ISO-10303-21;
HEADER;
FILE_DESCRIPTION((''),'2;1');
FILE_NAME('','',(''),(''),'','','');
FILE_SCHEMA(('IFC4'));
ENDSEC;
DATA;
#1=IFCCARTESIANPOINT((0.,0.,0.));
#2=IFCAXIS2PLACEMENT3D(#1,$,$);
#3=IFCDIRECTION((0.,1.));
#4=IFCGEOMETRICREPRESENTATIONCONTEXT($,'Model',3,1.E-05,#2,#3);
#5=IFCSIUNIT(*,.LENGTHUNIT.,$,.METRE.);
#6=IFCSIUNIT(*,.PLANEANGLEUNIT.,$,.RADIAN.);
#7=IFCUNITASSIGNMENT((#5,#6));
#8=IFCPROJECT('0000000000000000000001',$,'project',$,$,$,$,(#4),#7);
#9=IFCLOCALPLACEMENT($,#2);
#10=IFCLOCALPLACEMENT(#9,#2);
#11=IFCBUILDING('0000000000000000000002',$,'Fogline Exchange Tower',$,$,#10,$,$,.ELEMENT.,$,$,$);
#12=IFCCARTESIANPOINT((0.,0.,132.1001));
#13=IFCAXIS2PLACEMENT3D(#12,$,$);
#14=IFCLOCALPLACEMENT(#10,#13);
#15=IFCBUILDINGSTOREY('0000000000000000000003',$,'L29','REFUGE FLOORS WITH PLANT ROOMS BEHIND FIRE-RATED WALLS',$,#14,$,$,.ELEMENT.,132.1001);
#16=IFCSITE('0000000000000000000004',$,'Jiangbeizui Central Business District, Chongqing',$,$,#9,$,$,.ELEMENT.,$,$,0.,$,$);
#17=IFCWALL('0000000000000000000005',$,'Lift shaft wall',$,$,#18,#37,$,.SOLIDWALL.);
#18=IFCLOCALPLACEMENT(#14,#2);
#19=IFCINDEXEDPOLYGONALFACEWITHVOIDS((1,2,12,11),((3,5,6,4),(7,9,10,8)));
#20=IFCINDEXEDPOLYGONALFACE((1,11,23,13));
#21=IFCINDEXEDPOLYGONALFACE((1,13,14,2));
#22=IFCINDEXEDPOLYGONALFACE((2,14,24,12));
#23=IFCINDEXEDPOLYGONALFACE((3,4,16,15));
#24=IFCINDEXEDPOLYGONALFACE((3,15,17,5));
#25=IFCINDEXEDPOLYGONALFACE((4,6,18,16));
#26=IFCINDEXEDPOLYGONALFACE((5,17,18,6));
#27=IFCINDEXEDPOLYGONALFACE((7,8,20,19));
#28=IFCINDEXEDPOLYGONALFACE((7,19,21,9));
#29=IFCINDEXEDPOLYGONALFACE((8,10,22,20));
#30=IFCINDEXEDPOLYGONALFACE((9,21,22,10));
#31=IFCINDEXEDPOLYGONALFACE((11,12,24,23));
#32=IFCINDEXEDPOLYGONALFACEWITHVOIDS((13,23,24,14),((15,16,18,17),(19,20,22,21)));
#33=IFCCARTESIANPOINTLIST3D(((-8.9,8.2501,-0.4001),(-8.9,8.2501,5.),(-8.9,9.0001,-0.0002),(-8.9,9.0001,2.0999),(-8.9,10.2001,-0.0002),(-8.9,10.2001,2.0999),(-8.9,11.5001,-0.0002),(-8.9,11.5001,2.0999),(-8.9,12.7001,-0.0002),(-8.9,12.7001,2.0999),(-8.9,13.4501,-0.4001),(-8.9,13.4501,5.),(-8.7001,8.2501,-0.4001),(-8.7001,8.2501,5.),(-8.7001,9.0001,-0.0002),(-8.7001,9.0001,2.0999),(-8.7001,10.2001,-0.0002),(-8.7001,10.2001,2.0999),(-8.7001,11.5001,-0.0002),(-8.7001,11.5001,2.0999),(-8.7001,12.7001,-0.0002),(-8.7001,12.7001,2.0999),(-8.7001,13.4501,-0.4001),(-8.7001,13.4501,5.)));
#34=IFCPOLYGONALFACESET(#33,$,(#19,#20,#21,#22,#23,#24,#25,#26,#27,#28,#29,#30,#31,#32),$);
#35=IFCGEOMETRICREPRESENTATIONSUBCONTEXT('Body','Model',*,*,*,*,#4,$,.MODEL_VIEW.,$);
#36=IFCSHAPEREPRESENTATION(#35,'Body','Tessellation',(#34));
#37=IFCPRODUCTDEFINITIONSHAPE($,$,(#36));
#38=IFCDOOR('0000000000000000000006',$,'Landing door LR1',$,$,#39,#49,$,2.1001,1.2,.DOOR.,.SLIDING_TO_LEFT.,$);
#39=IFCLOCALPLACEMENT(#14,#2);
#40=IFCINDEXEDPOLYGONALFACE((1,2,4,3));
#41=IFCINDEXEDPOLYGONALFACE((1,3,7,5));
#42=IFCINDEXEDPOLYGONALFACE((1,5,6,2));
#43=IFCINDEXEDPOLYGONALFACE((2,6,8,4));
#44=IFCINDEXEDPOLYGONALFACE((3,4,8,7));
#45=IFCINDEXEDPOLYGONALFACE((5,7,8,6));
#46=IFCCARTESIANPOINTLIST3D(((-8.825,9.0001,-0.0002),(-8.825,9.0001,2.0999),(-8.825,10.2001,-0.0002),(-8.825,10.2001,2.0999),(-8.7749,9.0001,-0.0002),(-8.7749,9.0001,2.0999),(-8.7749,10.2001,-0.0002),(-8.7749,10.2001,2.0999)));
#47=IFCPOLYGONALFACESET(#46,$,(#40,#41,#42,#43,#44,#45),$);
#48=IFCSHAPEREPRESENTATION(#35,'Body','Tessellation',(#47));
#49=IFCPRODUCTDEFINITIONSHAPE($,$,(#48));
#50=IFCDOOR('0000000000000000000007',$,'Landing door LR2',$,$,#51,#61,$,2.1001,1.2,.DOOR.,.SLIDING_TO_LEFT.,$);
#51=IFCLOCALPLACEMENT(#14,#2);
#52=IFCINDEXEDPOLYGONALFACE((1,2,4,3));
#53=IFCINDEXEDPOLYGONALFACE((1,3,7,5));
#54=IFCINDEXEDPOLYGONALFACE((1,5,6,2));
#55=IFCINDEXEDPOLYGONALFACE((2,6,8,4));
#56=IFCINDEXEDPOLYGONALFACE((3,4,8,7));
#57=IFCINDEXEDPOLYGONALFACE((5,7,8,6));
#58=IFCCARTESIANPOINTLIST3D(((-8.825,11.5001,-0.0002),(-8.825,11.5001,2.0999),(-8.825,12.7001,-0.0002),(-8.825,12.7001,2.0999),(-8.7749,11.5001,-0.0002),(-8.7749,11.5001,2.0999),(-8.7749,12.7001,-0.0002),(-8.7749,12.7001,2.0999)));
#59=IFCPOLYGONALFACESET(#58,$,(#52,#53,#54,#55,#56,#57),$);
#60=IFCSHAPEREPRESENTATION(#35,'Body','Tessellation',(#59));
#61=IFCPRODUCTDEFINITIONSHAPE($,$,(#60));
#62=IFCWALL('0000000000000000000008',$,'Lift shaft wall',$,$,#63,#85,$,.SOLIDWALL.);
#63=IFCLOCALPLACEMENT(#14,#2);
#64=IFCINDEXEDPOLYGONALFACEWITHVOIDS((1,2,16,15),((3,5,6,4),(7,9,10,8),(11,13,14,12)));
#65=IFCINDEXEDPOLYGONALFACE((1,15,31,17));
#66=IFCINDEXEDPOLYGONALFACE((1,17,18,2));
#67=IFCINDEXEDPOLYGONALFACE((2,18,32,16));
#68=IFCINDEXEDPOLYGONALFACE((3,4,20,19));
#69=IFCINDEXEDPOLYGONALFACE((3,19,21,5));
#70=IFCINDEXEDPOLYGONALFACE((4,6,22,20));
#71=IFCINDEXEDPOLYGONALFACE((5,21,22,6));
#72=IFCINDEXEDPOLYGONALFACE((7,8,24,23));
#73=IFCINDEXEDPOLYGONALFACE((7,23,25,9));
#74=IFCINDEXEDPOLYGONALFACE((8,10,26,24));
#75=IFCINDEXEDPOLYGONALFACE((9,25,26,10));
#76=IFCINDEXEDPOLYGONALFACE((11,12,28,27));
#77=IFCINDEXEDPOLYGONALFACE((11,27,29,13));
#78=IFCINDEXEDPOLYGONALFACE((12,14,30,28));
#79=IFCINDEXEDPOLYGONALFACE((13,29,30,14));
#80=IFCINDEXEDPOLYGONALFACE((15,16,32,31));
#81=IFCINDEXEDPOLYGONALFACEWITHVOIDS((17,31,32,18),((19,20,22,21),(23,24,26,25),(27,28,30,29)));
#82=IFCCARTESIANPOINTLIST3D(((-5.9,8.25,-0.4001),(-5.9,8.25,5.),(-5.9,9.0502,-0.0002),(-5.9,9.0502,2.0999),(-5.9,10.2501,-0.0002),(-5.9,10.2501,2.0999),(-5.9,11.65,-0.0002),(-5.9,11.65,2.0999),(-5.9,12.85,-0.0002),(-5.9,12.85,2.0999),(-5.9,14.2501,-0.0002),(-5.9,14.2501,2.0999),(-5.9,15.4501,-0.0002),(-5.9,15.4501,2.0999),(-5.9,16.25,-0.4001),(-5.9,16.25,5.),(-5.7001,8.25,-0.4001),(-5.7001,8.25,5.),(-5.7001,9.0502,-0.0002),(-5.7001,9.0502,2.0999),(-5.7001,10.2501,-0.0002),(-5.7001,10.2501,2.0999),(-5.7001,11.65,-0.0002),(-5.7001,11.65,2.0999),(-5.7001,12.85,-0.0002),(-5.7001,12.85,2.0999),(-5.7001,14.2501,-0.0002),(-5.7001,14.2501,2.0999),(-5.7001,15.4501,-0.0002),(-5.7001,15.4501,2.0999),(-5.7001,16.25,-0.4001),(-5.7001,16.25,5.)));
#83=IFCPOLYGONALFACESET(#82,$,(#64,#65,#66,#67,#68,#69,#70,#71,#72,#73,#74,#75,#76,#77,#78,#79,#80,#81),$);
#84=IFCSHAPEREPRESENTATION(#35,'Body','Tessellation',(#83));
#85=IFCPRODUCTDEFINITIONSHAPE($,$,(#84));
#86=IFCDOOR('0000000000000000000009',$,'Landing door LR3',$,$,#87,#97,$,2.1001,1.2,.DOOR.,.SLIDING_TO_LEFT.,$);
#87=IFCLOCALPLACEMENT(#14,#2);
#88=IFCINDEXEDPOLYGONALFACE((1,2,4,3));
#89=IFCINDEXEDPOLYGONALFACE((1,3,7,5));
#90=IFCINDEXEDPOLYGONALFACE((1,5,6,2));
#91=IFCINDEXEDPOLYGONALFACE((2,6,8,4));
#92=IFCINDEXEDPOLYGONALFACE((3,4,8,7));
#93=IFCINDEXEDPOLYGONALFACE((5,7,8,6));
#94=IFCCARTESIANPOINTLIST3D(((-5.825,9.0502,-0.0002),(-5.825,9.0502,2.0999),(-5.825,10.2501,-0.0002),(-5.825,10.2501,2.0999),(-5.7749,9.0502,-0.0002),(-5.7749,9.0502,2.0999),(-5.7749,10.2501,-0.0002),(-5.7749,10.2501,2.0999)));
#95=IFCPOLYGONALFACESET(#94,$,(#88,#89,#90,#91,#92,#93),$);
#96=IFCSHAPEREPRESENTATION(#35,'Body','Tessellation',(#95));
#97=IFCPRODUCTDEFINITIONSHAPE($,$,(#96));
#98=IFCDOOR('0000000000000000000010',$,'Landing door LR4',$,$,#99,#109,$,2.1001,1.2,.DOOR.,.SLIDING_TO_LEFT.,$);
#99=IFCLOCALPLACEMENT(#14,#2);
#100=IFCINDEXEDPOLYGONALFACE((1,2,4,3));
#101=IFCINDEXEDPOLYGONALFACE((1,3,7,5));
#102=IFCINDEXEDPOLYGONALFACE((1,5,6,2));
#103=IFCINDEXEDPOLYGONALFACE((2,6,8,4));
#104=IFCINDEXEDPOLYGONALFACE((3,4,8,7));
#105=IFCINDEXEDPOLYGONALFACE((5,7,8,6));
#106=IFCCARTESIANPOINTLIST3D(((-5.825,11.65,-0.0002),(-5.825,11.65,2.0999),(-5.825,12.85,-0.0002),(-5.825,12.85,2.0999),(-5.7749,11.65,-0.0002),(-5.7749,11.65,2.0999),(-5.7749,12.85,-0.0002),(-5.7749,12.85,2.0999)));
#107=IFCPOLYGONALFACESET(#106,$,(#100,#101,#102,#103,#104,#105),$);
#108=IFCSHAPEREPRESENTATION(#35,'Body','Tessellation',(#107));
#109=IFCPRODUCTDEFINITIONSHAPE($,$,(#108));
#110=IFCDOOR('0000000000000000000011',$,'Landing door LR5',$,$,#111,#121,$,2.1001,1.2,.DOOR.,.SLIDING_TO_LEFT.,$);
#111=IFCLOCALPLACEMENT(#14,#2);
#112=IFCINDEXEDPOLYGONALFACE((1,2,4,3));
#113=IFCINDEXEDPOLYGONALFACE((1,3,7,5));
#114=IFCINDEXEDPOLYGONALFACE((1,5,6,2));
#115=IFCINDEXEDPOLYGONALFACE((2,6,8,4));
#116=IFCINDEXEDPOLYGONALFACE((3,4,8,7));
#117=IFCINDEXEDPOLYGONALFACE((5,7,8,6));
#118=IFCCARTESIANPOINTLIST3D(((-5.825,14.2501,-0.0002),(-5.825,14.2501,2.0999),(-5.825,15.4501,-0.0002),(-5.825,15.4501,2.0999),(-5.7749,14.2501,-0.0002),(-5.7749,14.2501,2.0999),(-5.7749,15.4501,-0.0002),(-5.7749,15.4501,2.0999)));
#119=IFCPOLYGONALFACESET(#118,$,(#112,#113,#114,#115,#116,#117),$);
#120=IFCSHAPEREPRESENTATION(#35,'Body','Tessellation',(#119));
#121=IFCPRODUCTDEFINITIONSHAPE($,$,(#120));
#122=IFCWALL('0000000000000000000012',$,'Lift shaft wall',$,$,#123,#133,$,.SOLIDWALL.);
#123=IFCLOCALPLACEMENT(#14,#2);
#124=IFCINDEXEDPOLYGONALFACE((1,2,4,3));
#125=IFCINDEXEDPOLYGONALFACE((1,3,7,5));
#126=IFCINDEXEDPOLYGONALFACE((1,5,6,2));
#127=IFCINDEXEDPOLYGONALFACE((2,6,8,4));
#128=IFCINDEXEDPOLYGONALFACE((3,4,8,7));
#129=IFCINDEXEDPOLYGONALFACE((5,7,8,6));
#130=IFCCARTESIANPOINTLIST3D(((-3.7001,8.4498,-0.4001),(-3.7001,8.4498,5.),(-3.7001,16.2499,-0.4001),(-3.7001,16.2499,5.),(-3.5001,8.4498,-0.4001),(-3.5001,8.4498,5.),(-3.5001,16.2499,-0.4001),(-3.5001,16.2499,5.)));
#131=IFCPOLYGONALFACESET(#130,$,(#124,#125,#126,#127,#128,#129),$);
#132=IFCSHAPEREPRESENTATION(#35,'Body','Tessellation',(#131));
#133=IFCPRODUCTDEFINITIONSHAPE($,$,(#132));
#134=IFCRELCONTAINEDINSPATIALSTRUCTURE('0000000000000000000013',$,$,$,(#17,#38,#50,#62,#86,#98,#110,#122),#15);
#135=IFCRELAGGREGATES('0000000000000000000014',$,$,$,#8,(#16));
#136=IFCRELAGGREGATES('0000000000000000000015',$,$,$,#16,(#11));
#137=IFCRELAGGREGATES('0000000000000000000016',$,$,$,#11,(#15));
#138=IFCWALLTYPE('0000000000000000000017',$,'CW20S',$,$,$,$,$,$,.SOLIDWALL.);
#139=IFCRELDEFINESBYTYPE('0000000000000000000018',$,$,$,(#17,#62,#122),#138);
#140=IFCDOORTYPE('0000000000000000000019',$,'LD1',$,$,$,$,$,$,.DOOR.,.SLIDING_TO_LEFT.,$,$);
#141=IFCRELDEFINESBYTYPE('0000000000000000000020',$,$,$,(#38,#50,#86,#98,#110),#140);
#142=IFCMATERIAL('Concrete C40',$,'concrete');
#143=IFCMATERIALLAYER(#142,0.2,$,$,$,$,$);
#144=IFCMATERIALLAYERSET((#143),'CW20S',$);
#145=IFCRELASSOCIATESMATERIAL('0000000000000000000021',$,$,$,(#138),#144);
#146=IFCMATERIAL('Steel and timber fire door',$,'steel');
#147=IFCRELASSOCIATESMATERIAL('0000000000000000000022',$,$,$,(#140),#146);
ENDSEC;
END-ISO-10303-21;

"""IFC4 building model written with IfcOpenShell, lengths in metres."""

from ifc_helpers import new_model, si_unit, direction, frame, frame_2d, origin, place, context, subcontext, project, spatial, rectangle, extrude, material, layer, layer_set, type_object, element, fill, save


model = new_model("IFC4")

# Units and contexts
model_context = context("Model", 3, precision=1e-05, world=origin(), true_north=direction((0.0, 1.0)))
body_context = subcontext(model_context, "Body", "Model", "MODEL_VIEW")
ifc_project = project(units=[si_unit("LENGTHUNIT", "METRE"), si_unit("PLANEANGLEUNIT", "RADIAN")], contexts=[model_context])

# Site, building, storey
site_placement = place(None, origin())
site = spatial("IfcSite", under=ifc_project, at=site_placement, Name="Jiangbeizui Central Business District, Chongqing", CompositionType="ELEMENT", RefElevation=0.0)
building_placement = place(site_placement, origin())
building = spatial("IfcBuilding", under=site, at=building_placement, Name="Fogline Exchange Tower", CompositionType="ELEMENT")
storey_placement = place(building_placement, frame((0.0, 0.0, 132.1001)))
storey = spatial("IfcBuildingStorey", under=building, at=storey_placement, Name="L29", Description="REFUGE FLOORS WITH PLANT ROOMS BEHIND FIRE-RATED WALLS", CompositionType="ELEMENT", Elevation=132.1001)

# Shared definitions
ifc_material_1 = material(Name="Steel and timber fire door", Category="steel")

# Shared definitions
ifc_material_2 = material(Name="Concrete C40", Category="concrete")

# Walls, openings, doors
ifc_layer_1 = layer(ifc_material_2, 0.2)
ifc_layer_set_1 = layer_set([ifc_layer_1], Name="CW20S")
wall_type_1 = type_object("IfcWallType", Name="CW20S", PredefinedType="SOLIDWALL", material=ifc_layer_set_1)
wall_1_placement = place(storey_placement, frame((-8.8, 8.25, -0.4001), z_axis=(0.0, 0.0, 1.0), x_axis=(0.0, 1.0, 0.0)))
wall_1 = element("IfcWall", 1, at=wall_1_placement, inside=storey, type_object=wall_type_1, Name="Lift shaft wall", PredefinedType="SOLIDWALL", context=body_context, shape_type="SweptSolid", body=[
    extrude(rectangle(XDim=5.2, YDim=0.2, at=frame_2d((2.6001, 0.0))), origin(), (0.0, 0.0, 1.0), 5.4001),
])
opening_1_placement = place(wall_1_placement, frame((0.75, 0.0, 0.3999)))
opening_1 = element("IfcOpeningElement", 2, at=opening_1_placement, cuts=wall_1, PredefinedType="OPENING", context=body_context, shape_type="SweptSolid", body=[
    extrude(rectangle(XDim=1.2, YDim=2.1001, at=frame_2d((0.6001, 1.05))), frame((0.0, 0.1099, 0.0), z_axis=(0.0, -1.0, 0.0), x_axis=(1.0, 0.0, 0.0)), (0.0, 0.0, 1.0), 0.22),
])
opening_2_placement = place(wall_1_placement, frame((3.25, 0.0, 0.3999)))
opening_2 = element("IfcOpeningElement", 3, at=opening_2_placement, cuts=wall_1, PredefinedType="OPENING", context=body_context, shape_type="SweptSolid", body=[
    extrude(rectangle(XDim=1.2, YDim=2.1001, at=frame_2d((0.6001, 1.05))), frame((0.0, 0.1099, 0.0), z_axis=(0.0, -1.0, 0.0), x_axis=(1.0, 0.0, 0.0)), (0.0, 0.0, 1.0), 0.22),
])
door_type_1 = type_object("IfcDoorType", Name="LD1", OperationType="SLIDING_TO_LEFT", PredefinedType="DOOR", material=ifc_material_1)
door_1_placement = place(opening_1_placement, origin())
door_1 = element("IfcDoor", 4, at=door_1_placement, inside=storey, type_object=door_type_1, Name="Landing door LR1", OperationType="SLIDING_TO_LEFT", OverallHeight=2.1001, OverallWidth=1.2, PredefinedType="DOOR", context=body_context, shape_type="SweptSolid", body=[
    extrude(rectangle(XDim=1.2, YDim=2.1001, at=frame_2d((0.6001, 1.05))), frame((0.0, 0.0249, 0.0), z_axis=(0.0, -1.0, 0.0), x_axis=(1.0, 0.0, 0.0)), (0.0, 0.0, 1.0), 0.05),
])
fill(opening_1, door_1)
door_2_placement = place(opening_2_placement, origin())
door_2 = element("IfcDoor", 5, at=door_2_placement, inside=storey, type_object=door_type_1, Name="Landing door LR2", OperationType="SLIDING_TO_LEFT", OverallHeight=2.1001, OverallWidth=1.2, PredefinedType="DOOR", context=body_context, shape_type="SweptSolid", body=[
    extrude(rectangle(XDim=1.2, YDim=2.1001, at=frame_2d((0.6001, 1.05))), frame((0.0, 0.0249, 0.0), z_axis=(0.0, -1.0, 0.0), x_axis=(1.0, 0.0, 0.0)), (0.0, 0.0, 1.0), 0.05),
])
fill(opening_2, door_2)
wall_2_placement = place(storey_placement, frame((-5.8, 8.25, -0.4001), z_axis=(0.0, 0.0, 1.0), x_axis=(0.0, 1.0, 0.0)))
wall_2 = element("IfcWall", 6, at=wall_2_placement, inside=storey, type_object=wall_type_1, Name="Lift shaft wall", PredefinedType="SOLIDWALL", context=body_context, shape_type="SweptSolid", body=[
    extrude(rectangle(XDim=8.0, YDim=0.2, at=frame_2d((4.0, 0.0))), origin(), (0.0, 0.0, 1.0), 5.4001),
])
opening_3_placement = place(wall_2_placement, frame((0.8, 0.0, 0.3999)))
opening_3 = element("IfcOpeningElement", 7, at=opening_3_placement, cuts=wall_2, PredefinedType="OPENING", context=body_context, shape_type="SweptSolid", body=[
    extrude(rectangle(XDim=1.2, YDim=2.1001, at=frame_2d((0.6001, 1.05))), frame((0.0, 0.1099, 0.0), z_axis=(0.0, -1.0, 0.0), x_axis=(1.0, 0.0, 0.0)), (0.0, 0.0, 1.0), 0.22),
])
opening_4_placement = place(wall_2_placement, frame((3.3999, 0.0, 0.3999)))
opening_4 = element("IfcOpeningElement", 8, at=opening_4_placement, cuts=wall_2, PredefinedType="OPENING", context=body_context, shape_type="SweptSolid", body=[
    extrude(rectangle(XDim=1.2, YDim=2.1001, at=frame_2d((0.6001, 1.05))), frame((0.0, 0.1099, 0.0), z_axis=(0.0, -1.0, 0.0), x_axis=(1.0, 0.0, 0.0)), (0.0, 0.0, 1.0), 0.22),
])
opening_5_placement = place(wall_2_placement, frame((6.0, 0.0, 0.3999)))
opening_5 = element("IfcOpeningElement", 9, at=opening_5_placement, cuts=wall_2, PredefinedType="OPENING", context=body_context, shape_type="SweptSolid", body=[
    extrude(rectangle(XDim=1.2, YDim=2.1001, at=frame_2d((0.6001, 1.05))), frame((0.0, 0.1099, 0.0), z_axis=(0.0, -1.0, 0.0), x_axis=(1.0, 0.0, 0.0)), (0.0, 0.0, 1.0), 0.22),
])
door_3_placement = place(opening_3_placement, origin())
door_3 = element("IfcDoor", 10, at=door_3_placement, inside=storey, type_object=door_type_1, Name="Landing door LR3", OperationType="SLIDING_TO_LEFT", OverallHeight=2.1001, OverallWidth=1.2, PredefinedType="DOOR", context=body_context, shape_type="SweptSolid", body=[
    extrude(rectangle(XDim=1.2, YDim=2.1001, at=frame_2d((0.6001, 1.05))), frame((0.0, 0.0249, 0.0), z_axis=(0.0, -1.0, 0.0), x_axis=(1.0, 0.0, 0.0)), (0.0, 0.0, 1.0), 0.05),
])
fill(opening_3, door_3)
door_4_placement = place(opening_4_placement, origin())
door_4 = element("IfcDoor", 11, at=door_4_placement, inside=storey, type_object=door_type_1, Name="Landing door LR4", OperationType="SLIDING_TO_LEFT", OverallHeight=2.1001, OverallWidth=1.2, PredefinedType="DOOR", context=body_context, shape_type="SweptSolid", body=[
    extrude(rectangle(XDim=1.2, YDim=2.1001, at=frame_2d((0.6001, 1.05))), frame((0.0, 0.0249, 0.0), z_axis=(0.0, -1.0, 0.0), x_axis=(1.0, 0.0, 0.0)), (0.0, 0.0, 1.0), 0.05),
])
fill(opening_4, door_4)
door_5_placement = place(opening_5_placement, origin())
door_5 = element("IfcDoor", 12, at=door_5_placement, inside=storey, type_object=door_type_1, Name="Landing door LR5", OperationType="SLIDING_TO_LEFT", OverallHeight=2.1001, OverallWidth=1.2, PredefinedType="DOOR", context=body_context, shape_type="SweptSolid", body=[
    extrude(rectangle(XDim=1.2, YDim=2.1001, at=frame_2d((0.6001, 1.05))), frame((0.0, 0.0249, 0.0), z_axis=(0.0, -1.0, 0.0), x_axis=(1.0, 0.0, 0.0)), (0.0, 0.0, 1.0), 0.05),
])
fill(opening_5, door_5)

# Wall
wall_3_placement = place(storey_placement, frame((-3.6001, 8.45, -0.4001), z_axis=(0.0, 0.0, 1.0), x_axis=(0.0, 1.0, 0.0)))
element("IfcWall", 13, at=wall_3_placement, inside=storey, type_object=wall_type_1, Name="Lift shaft wall", PredefinedType="SOLIDWALL", context=body_context, shape_type="SweptSolid", body=[
    extrude(rectangle(XDim=7.8, YDim=0.2, at=frame_2d((3.8999, 0.0))), origin(), (0.0, 0.0, 1.0), 5.4001),
])

save(model, "model.ifc")
